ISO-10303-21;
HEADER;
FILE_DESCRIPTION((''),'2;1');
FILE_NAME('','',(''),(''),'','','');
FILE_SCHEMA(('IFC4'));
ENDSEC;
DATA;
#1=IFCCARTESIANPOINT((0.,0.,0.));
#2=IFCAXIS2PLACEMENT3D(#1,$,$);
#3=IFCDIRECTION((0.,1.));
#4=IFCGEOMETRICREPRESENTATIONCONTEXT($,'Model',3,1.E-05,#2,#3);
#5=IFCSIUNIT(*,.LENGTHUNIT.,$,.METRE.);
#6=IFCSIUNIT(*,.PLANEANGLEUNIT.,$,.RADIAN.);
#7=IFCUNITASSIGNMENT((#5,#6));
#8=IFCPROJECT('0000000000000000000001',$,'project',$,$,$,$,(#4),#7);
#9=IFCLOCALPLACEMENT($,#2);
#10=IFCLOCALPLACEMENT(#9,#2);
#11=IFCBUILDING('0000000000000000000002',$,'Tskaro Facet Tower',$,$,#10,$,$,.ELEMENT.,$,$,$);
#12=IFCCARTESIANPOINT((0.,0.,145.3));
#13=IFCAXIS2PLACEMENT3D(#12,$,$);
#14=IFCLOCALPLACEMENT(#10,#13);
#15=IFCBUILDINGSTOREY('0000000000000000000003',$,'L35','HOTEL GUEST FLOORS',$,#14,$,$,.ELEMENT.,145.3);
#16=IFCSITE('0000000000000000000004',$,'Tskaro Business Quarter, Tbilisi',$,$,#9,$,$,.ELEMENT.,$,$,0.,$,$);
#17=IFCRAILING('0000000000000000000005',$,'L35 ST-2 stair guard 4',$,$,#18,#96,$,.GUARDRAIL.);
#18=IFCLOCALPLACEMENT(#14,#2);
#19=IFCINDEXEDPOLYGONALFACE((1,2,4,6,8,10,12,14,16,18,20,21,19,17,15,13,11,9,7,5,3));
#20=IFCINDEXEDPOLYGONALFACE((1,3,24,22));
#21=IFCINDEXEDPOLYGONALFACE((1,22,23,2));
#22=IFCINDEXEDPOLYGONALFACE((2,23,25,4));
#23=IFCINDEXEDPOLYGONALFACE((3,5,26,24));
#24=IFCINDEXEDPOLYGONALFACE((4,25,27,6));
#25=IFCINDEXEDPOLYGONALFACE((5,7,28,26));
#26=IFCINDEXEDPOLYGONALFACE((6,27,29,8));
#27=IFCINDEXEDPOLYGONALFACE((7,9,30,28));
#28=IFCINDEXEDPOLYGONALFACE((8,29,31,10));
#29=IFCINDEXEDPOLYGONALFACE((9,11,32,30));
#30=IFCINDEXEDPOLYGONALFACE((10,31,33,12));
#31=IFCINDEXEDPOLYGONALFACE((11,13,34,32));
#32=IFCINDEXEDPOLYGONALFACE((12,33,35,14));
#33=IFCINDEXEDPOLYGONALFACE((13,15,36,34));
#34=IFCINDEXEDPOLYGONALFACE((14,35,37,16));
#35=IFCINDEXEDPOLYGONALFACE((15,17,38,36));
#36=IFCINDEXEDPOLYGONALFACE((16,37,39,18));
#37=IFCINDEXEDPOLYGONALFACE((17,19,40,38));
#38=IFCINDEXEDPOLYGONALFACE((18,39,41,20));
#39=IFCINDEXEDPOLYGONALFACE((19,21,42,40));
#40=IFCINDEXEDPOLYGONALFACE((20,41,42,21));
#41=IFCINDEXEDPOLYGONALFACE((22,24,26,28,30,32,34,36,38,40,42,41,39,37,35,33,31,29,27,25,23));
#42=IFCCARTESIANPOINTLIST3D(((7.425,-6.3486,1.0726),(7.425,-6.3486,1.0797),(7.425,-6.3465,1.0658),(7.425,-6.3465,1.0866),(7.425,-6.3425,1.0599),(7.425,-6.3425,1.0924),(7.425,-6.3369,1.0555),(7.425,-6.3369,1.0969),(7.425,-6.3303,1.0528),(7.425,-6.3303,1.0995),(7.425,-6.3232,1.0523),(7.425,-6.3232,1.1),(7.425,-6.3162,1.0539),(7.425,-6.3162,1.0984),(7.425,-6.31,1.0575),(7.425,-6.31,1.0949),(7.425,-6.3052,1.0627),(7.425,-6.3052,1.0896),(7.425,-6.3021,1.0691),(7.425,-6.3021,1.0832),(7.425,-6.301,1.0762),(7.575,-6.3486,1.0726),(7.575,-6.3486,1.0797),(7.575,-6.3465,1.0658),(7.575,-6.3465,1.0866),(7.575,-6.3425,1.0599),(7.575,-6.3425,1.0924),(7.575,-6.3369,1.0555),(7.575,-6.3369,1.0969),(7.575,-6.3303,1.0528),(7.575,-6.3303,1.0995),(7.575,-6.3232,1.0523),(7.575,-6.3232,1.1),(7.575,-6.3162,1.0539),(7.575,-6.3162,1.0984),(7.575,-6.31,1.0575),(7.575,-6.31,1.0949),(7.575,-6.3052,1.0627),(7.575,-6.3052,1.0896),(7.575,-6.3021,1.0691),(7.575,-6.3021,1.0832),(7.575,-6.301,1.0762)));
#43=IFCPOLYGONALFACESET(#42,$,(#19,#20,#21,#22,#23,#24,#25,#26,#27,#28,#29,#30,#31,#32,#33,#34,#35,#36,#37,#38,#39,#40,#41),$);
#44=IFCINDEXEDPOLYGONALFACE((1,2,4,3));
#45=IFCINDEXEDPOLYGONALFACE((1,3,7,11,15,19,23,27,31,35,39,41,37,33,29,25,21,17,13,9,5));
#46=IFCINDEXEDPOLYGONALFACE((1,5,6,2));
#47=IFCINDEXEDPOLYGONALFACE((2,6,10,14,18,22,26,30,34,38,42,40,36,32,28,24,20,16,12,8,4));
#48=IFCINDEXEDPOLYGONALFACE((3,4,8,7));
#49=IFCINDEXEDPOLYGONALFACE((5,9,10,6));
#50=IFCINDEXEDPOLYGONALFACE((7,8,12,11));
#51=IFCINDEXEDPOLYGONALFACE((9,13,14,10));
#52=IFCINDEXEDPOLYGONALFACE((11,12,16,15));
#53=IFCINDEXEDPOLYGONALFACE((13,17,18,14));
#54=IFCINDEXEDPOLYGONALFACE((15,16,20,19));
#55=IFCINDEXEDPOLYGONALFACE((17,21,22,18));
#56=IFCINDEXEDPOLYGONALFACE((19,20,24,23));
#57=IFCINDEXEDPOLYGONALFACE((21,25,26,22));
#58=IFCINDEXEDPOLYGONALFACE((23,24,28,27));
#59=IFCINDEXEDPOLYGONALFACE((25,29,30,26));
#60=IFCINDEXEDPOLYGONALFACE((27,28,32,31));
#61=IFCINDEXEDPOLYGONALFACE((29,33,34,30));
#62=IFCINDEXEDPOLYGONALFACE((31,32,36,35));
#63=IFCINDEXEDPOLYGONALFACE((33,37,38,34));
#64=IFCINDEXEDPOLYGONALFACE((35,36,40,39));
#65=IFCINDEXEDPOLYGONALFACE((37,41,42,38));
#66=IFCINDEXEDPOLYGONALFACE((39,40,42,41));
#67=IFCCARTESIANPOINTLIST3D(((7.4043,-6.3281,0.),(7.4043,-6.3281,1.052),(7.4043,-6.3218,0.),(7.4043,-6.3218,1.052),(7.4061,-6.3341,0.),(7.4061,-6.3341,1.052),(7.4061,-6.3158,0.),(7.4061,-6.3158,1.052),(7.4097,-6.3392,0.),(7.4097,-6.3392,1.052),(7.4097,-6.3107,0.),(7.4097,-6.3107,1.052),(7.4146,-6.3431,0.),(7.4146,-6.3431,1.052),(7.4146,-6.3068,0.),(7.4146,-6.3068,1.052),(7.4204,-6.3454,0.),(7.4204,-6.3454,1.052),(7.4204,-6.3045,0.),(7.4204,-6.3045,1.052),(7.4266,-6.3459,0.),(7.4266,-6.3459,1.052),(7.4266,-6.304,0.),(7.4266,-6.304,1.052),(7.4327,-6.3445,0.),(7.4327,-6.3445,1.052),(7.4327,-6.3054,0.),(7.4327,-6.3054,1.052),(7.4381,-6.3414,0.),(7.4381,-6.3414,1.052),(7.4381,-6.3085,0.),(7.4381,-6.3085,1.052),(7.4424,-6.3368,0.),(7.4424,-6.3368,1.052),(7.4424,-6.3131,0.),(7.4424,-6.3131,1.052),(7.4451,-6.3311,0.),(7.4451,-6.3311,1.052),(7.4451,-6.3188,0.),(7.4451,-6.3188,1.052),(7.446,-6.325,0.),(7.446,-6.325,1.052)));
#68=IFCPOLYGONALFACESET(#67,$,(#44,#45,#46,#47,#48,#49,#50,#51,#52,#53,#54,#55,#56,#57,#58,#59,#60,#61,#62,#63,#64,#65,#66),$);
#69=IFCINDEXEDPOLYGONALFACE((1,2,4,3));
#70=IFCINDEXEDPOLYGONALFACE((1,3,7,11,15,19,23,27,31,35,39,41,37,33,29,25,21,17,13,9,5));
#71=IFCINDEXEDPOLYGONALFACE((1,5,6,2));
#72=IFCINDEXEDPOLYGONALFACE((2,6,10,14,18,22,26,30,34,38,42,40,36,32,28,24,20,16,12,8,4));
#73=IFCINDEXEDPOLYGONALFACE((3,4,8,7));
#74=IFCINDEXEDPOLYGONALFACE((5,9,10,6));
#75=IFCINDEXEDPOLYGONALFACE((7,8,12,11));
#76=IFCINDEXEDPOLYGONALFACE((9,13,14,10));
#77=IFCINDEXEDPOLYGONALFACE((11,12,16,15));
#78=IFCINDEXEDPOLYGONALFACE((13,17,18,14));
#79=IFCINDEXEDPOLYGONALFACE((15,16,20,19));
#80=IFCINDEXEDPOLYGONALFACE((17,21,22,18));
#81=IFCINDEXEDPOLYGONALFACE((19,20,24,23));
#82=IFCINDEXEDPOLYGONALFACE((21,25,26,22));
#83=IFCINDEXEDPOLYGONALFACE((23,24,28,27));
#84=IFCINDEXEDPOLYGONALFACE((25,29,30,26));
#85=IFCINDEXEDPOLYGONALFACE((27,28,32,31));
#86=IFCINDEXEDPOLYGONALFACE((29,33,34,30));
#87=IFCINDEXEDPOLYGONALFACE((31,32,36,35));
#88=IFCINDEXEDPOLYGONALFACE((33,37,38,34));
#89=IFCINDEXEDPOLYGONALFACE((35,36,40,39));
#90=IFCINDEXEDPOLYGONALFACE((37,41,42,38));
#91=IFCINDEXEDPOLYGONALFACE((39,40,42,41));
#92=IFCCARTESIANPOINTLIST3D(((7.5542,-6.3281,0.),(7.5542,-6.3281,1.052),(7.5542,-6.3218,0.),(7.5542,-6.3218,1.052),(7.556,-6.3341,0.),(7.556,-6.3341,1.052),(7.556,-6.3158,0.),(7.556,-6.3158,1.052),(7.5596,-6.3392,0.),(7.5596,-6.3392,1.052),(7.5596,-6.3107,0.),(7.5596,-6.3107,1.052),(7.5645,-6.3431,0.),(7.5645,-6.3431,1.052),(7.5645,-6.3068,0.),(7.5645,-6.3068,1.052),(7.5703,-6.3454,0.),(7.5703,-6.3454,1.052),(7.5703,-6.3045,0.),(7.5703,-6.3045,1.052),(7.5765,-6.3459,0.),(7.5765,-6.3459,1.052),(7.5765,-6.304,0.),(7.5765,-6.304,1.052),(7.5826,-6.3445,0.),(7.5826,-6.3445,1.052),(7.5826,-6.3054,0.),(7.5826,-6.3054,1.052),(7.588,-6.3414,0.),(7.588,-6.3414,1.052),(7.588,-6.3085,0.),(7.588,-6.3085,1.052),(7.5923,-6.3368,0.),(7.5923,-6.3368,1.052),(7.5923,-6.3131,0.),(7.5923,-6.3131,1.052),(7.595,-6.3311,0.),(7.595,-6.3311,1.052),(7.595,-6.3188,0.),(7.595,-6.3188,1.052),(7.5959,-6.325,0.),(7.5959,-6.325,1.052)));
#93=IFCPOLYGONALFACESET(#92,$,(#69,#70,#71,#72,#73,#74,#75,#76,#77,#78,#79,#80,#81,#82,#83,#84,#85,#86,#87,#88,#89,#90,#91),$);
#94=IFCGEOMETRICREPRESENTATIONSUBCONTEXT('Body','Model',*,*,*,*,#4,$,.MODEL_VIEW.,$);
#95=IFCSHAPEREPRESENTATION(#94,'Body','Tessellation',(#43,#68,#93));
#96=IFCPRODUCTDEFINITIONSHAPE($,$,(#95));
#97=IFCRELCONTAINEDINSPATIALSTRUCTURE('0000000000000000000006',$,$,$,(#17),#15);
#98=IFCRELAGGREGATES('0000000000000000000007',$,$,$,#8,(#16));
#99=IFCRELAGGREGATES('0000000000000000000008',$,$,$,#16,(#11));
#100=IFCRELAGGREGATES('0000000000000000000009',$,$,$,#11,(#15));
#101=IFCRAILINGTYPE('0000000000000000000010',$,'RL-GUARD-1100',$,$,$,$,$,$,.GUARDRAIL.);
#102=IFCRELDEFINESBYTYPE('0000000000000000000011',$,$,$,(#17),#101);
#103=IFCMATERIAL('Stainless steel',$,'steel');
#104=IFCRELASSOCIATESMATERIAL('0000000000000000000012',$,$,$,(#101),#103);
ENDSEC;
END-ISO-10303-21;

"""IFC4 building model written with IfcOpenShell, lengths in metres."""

from ifc_helpers import new_model, si_unit, direction, frame, origin, origin_2d, place, context, subcontext, project, spatial, circle, extrude, material, type_object, element, save


model = new_model("IFC4")

# Units and contexts
model_context = context("Model", 3, precision=1e-05, world=origin(), true_north=direction((0.0, 1.0)))
body_context = subcontext(model_context, "Body", "Model", "MODEL_VIEW")
ifc_project = project(units=[si_unit("LENGTHUNIT", "METRE"), si_unit("PLANEANGLEUNIT", "RADIAN")], contexts=[model_context])

# Site, building, storey
site_placement = place(None, origin())
site = spatial("IfcSite", under=ifc_project, at=site_placement, Name="Tskaro Business Quarter, Tbilisi", CompositionType="ELEMENT", RefElevation=0.0)
building_placement = place(site_placement, origin())
building = spatial("IfcBuilding", under=site, at=building_placement, Name="Tskaro Facet Tower", CompositionType="ELEMENT")
storey_placement = place(building_placement, frame((0.0, 0.0, 145.3)))
storey = spatial("IfcBuildingStorey", under=building, at=storey_placement, Name="L35", Description="HOTEL GUEST FLOORS", CompositionType="ELEMENT", Elevation=145.3)

# Railing
ifc_material_1 = material(Name="Stainless steel", Category="steel")
railing_type_1 = type_object("IfcRailingType", Name="RL-GUARD-1100", PredefinedType="GUARDRAIL", material=ifc_material_1)
railing_1_placement = place(storey_placement, frame((7.425, -6.325, 0.0)))
element("IfcRailing", 1, at=railing_1_placement, inside=storey, type_object=railing_type_1, Name="L35 ST-2 stair guard 4", PredefinedType="GUARDRAIL", context=body_context, shape_type="SweptSolid", body=[
    extrude(circle(Radius=0.0239, at=origin_2d()), frame((0.0, 0.0, 1.0762), z_axis=(1.0, 0.0, 0.0), x_axis=(0.0, 1.0, 0.0)), (0.0, 0.0, 1.0), 0.1499),
    extrude(circle(Radius=0.021, at=origin_2d()), origin(), (0.0, 0.0, 1.0), 1.052),
    extrude(circle(Radius=0.021, at=origin_2d()), frame((0.1499, 0.0, 0.0)), (0.0, 0.0, 1.0), 1.052),
])

save(model, "model.ifc")
